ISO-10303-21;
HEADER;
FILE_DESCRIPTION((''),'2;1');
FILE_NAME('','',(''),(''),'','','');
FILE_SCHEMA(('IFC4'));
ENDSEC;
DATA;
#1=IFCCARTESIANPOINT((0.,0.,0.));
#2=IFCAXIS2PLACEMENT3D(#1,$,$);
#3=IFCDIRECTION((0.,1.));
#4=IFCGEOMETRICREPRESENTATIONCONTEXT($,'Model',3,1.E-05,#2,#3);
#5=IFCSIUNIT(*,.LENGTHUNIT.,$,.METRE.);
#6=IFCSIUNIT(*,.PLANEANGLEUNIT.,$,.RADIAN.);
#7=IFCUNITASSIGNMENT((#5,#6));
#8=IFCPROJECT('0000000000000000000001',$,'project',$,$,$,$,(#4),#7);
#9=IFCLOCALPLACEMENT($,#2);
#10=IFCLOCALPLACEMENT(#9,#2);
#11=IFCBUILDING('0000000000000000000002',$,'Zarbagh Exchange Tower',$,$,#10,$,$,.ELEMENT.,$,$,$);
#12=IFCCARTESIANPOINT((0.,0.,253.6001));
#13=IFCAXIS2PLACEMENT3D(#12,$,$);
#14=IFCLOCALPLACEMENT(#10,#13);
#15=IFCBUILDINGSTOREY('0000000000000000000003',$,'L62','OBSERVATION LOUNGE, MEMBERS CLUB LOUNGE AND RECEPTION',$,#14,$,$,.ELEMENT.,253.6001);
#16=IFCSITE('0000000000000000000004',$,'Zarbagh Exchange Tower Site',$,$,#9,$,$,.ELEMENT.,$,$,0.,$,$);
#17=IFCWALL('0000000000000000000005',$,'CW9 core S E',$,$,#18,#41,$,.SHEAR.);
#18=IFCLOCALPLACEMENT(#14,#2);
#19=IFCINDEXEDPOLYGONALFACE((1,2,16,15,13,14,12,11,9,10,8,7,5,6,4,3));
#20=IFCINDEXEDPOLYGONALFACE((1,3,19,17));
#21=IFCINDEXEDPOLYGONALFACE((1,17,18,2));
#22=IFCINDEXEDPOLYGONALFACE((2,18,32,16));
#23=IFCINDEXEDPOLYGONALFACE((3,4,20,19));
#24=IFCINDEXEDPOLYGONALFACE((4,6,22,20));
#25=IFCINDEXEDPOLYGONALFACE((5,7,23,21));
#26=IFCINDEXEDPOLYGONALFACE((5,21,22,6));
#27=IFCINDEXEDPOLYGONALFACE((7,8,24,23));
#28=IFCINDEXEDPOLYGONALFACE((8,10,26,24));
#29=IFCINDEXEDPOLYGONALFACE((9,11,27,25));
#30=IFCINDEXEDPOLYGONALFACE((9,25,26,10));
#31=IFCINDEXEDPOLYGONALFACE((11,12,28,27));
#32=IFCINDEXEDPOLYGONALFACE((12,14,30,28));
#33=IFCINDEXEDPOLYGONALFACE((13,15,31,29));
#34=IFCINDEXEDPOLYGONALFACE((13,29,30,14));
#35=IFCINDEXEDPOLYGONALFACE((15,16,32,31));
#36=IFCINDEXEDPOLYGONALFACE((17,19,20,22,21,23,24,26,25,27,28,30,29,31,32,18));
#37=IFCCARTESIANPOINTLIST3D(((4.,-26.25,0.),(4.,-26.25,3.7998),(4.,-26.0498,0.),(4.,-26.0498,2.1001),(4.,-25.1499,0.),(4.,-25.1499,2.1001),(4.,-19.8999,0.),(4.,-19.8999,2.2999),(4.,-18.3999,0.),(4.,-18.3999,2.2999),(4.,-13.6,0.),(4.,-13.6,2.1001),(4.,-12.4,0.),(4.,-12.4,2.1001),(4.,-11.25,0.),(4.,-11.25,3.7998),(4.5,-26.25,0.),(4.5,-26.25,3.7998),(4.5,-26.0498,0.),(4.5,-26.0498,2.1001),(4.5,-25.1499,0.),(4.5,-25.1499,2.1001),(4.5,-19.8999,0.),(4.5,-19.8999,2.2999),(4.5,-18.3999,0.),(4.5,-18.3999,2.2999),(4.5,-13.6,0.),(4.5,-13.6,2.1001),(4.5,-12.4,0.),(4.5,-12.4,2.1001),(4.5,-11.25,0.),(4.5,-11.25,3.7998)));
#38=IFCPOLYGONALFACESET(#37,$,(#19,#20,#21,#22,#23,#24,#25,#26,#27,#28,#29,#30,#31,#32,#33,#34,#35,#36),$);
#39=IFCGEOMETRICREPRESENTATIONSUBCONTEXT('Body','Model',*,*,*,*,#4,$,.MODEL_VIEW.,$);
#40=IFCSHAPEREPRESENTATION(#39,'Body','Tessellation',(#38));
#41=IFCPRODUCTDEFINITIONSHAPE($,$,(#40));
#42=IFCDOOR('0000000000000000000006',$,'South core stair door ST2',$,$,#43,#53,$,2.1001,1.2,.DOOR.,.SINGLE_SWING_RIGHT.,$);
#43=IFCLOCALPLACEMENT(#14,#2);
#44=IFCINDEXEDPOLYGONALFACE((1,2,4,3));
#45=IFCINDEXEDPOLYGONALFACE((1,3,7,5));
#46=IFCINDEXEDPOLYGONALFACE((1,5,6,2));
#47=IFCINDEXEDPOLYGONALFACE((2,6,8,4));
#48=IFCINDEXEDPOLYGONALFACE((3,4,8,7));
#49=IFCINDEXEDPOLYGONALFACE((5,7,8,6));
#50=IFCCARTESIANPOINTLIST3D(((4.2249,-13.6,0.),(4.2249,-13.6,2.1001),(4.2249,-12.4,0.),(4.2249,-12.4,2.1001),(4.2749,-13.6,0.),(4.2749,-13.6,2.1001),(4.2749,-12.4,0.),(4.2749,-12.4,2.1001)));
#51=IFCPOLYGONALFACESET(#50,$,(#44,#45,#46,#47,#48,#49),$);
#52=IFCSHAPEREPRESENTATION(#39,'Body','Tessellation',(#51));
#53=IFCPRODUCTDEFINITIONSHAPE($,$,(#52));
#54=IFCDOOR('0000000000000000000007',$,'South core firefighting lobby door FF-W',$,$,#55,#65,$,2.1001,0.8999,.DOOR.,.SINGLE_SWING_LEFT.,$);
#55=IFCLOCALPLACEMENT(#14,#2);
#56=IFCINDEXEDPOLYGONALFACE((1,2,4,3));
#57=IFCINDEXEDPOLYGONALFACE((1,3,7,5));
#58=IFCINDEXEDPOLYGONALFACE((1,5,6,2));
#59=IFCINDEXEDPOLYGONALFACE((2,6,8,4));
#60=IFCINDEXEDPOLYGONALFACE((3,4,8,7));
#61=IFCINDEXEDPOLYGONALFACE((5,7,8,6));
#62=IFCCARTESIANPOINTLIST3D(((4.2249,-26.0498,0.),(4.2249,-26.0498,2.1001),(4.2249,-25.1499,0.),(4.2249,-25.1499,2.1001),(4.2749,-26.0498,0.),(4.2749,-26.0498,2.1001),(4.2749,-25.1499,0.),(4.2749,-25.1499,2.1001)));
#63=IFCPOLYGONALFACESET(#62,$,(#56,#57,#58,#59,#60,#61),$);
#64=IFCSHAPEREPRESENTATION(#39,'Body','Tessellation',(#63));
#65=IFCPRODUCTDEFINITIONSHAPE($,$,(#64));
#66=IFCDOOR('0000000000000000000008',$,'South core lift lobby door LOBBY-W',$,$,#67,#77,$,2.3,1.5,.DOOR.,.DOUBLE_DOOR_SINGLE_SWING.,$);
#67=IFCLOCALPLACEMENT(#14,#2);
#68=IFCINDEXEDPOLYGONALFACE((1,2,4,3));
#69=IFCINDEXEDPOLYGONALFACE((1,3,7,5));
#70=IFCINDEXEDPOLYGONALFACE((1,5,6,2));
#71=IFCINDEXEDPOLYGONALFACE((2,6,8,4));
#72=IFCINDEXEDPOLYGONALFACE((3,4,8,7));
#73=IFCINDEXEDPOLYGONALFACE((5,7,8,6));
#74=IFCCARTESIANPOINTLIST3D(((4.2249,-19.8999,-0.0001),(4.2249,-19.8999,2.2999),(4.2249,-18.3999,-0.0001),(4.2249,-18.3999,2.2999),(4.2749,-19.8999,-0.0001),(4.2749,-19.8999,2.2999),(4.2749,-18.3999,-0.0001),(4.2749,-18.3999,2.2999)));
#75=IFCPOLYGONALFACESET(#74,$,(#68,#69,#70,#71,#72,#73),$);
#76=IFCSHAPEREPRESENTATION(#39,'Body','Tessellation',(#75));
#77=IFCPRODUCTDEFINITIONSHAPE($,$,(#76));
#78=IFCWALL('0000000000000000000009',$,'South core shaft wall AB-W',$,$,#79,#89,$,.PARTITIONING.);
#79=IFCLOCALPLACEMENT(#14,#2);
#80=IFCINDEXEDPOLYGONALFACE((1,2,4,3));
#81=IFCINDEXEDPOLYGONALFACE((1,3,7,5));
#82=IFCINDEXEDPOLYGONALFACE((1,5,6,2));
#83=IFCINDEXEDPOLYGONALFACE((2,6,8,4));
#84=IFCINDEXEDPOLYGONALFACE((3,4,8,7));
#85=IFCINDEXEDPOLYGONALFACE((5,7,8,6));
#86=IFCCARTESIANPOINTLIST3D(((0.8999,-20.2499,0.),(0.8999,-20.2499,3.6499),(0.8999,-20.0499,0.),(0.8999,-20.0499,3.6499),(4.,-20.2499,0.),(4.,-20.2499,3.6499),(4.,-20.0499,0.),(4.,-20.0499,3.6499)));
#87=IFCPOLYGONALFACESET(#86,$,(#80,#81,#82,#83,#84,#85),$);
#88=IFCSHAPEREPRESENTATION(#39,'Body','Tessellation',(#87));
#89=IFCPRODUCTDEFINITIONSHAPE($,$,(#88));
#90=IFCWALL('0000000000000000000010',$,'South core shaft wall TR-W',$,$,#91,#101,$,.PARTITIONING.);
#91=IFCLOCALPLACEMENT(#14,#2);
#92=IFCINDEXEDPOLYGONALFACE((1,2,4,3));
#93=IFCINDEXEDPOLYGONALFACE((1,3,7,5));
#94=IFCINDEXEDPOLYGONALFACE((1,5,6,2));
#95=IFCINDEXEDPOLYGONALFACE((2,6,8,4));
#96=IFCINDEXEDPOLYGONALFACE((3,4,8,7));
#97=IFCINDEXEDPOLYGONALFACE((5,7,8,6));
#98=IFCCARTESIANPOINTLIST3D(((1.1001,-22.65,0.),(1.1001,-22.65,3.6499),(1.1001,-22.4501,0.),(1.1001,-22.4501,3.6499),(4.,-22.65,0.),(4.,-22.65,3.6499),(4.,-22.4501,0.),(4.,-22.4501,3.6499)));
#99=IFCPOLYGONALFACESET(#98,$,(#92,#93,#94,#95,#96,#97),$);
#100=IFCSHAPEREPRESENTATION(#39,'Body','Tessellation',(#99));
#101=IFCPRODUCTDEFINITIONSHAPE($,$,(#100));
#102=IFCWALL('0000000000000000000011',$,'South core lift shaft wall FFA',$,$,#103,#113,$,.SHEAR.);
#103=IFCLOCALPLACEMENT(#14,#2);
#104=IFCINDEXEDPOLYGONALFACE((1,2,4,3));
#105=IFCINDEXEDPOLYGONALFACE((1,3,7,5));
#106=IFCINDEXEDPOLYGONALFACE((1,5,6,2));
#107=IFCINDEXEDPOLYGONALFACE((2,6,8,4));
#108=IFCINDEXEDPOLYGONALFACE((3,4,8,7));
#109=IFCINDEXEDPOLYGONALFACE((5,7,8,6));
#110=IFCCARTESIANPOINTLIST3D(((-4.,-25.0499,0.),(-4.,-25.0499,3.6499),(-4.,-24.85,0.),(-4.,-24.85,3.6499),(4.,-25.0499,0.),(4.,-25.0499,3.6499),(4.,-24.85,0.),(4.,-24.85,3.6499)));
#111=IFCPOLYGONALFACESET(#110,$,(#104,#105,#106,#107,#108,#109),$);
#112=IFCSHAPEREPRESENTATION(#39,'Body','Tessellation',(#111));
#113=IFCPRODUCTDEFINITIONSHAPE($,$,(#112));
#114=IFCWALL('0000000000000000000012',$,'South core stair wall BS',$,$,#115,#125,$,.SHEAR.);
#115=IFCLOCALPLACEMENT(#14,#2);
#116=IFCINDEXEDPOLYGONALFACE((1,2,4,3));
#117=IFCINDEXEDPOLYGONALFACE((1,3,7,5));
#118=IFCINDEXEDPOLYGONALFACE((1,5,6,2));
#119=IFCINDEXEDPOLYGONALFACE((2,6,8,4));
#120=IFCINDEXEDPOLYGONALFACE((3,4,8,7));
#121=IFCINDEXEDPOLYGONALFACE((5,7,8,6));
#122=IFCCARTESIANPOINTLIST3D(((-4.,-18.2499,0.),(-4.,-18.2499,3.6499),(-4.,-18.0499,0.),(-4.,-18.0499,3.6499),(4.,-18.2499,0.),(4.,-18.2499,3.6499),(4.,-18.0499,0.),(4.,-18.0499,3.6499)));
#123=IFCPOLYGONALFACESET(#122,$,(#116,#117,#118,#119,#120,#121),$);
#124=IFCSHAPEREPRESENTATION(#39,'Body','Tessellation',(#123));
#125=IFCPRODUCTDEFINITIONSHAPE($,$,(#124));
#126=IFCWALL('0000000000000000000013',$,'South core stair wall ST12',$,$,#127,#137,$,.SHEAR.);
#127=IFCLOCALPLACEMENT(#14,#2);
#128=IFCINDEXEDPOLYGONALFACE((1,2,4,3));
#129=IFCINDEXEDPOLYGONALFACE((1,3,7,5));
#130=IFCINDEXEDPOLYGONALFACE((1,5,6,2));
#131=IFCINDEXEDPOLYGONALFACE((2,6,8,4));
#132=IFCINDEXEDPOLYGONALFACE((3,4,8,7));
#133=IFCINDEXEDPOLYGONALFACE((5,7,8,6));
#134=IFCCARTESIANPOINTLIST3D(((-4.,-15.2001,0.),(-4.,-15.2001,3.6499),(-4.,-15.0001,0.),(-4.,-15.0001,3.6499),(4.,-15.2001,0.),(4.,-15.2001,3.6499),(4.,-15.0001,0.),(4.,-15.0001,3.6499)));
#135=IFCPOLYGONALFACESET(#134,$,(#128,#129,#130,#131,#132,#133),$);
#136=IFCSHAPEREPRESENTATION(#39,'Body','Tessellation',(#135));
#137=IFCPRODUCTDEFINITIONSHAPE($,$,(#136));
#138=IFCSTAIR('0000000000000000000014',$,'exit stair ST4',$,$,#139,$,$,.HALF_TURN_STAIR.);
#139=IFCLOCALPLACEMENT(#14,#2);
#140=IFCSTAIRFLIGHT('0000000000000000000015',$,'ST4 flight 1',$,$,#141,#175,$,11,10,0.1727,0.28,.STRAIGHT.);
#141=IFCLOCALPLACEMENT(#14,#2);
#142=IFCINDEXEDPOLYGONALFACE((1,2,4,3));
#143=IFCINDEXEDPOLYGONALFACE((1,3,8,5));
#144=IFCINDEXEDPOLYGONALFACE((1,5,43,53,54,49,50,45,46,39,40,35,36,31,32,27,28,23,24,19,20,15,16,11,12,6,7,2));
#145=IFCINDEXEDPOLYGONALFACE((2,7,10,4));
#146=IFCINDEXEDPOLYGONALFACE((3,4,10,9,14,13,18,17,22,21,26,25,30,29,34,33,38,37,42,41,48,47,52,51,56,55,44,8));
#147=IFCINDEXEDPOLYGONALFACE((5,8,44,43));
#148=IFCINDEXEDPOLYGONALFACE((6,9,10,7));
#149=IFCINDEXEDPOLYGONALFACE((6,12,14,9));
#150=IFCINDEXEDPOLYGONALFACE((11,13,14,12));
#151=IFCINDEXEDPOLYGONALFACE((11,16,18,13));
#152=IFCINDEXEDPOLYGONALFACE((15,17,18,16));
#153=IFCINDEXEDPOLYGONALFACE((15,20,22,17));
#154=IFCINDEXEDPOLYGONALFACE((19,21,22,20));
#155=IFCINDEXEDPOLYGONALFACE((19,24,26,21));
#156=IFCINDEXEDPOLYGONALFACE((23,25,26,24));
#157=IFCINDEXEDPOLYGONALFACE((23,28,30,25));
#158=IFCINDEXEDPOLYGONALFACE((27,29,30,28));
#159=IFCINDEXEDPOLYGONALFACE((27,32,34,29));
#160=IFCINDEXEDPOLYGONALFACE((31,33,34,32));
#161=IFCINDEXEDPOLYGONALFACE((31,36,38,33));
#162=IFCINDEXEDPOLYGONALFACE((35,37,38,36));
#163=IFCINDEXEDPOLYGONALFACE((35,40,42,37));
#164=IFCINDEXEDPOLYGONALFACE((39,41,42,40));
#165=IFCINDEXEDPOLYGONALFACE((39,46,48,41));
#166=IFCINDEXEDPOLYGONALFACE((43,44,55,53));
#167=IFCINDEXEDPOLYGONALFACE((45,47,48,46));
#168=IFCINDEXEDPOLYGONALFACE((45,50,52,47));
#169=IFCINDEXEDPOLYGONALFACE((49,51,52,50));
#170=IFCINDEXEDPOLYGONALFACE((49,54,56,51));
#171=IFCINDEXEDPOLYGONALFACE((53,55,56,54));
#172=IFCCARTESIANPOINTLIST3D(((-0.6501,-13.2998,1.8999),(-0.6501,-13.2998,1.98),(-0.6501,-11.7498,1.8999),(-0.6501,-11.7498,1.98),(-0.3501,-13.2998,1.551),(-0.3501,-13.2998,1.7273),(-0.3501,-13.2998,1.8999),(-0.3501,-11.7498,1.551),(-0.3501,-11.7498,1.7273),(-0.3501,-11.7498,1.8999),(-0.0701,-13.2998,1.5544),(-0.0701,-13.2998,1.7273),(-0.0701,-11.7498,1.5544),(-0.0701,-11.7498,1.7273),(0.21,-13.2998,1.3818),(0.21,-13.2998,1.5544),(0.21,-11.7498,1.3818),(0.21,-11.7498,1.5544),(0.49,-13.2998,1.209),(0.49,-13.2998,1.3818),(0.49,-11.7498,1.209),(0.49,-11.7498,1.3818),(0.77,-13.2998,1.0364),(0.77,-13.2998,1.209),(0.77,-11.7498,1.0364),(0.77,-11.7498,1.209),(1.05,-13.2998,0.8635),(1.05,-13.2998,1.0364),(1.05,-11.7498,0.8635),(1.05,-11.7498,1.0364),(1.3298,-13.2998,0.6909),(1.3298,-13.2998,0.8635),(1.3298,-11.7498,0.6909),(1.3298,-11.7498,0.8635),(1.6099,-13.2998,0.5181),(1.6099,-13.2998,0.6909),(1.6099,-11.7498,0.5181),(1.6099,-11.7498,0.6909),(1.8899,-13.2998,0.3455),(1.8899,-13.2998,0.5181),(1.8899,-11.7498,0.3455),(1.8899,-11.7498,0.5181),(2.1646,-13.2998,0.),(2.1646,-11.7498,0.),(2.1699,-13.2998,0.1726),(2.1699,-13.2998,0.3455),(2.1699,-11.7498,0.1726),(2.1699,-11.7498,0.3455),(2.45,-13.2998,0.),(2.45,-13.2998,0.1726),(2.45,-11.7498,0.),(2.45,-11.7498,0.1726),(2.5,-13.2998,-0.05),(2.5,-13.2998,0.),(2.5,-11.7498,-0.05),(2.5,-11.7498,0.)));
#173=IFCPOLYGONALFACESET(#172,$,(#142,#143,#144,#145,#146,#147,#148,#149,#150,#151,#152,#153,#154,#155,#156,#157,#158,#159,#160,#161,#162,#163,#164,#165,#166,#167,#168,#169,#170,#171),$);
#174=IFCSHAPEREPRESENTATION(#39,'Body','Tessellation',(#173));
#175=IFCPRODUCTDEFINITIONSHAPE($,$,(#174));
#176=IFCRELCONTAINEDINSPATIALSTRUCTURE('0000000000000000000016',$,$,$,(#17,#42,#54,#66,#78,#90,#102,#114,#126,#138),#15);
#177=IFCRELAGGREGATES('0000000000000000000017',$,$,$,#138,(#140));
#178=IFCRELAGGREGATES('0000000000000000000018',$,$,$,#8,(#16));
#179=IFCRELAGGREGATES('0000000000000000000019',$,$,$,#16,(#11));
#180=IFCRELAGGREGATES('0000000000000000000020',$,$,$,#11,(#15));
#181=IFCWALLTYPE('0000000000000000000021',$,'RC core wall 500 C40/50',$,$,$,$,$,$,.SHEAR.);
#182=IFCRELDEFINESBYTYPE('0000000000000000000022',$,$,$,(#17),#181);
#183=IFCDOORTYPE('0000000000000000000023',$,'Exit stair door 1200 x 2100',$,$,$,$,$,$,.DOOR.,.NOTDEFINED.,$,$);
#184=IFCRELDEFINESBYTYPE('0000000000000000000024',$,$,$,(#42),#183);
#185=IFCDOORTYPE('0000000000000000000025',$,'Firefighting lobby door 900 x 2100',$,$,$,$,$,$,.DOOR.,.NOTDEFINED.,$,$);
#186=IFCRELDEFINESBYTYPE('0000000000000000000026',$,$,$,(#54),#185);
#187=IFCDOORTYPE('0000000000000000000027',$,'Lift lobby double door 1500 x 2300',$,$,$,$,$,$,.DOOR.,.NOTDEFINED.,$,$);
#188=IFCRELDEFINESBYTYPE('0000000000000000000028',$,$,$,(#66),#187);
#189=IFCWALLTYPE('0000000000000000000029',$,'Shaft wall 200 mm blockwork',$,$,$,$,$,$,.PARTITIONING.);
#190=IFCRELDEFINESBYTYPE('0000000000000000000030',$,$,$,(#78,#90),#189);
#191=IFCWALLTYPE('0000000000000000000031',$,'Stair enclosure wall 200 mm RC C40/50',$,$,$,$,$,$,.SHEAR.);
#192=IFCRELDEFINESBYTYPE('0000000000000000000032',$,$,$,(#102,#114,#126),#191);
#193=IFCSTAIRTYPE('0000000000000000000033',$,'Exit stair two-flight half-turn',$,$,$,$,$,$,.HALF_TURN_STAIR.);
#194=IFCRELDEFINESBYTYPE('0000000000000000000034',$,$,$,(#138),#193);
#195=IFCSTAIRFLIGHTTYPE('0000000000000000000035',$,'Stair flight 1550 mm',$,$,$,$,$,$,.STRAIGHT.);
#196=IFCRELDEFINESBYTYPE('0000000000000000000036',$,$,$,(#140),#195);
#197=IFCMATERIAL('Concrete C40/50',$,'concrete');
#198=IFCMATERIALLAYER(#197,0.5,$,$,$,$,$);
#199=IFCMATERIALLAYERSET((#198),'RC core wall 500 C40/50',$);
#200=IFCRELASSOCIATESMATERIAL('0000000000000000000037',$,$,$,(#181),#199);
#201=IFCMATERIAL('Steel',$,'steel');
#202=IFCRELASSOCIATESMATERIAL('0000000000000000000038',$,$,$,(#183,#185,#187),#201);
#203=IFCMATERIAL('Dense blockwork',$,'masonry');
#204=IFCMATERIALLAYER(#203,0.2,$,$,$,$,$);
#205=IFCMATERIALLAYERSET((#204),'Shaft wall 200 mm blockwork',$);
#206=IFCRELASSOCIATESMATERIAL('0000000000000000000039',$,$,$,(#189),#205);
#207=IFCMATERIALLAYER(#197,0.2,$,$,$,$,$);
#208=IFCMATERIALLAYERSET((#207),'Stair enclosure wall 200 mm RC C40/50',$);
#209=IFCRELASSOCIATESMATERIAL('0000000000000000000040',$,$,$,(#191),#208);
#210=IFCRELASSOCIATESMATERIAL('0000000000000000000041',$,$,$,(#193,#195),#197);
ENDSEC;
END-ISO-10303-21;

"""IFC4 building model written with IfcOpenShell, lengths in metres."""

from ifc_helpers import new_model, si_unit, direction, frame, frame_2d, origin, place, context, subcontext, project, spatial, polyline, rectangle, outline, extrude, material, layer, layer_set, type_object, element, fill, aggregate, save


model = new_model("IFC4")

# Units and contexts
model_context = context("Model", 3, precision=1e-05, world=origin(), true_north=direction((0.0, 1.0)))
body_context = subcontext(model_context, "Body", "Model", "MODEL_VIEW")
ifc_project = project(units=[si_unit("LENGTHUNIT", "METRE"), si_unit("PLANEANGLEUNIT", "RADIAN")], contexts=[model_context])

# Site, building, storey
site_placement = place(None, origin())
site = spatial("IfcSite", under=ifc_project, at=site_placement, Name="Zarbagh Exchange Tower Site", CompositionType="ELEMENT", RefElevation=0.0)
building_placement = place(site_placement, origin())
building = spatial("IfcBuilding", under=site, at=building_placement, Name="Zarbagh Exchange Tower", CompositionType="ELEMENT")
storey_placement = place(building_placement, frame((0.0, 0.0, 253.6001)))
storey = spatial("IfcBuildingStorey", under=building, at=storey_placement, Name="L62", Description="OBSERVATION LOUNGE, MEMBERS CLUB LOUNGE AND RECEPTION", CompositionType="ELEMENT", Elevation=253.6001)

# Shared definitions
ifc_material_1 = material(Name="Concrete C40/50", Category="concrete")

# Wall, openings, doors
ifc_layer_1 = layer(ifc_material_1, 0.5)
ifc_layer_set_1 = layer_set([ifc_layer_1], Name="RC core wall 500 C40/50")
wall_type_1 = type_object("IfcWallType", Name="RC core wall 500 C40/50", PredefinedType="SHEAR", material=ifc_layer_set_1)
wall_1_placement = place(storey_placement, frame((4.25, -11.25, 0.0), z_axis=(0.0, 0.0, 1.0), x_axis=(0.0, -1.0, 0.0)))
wall_1 = element("IfcWall", 1, at=wall_1_placement, inside=storey, type_object=wall_type_1, Name="CW9 core S E", PredefinedType="SHEAR", context=body_context, shape_type="SweptSolid", body=[
    extrude(rectangle(XDim=15.0, YDim=0.5, at=frame_2d((7.5, 0.0))), origin(), (0.0, 0.0, 1.0), 3.7998),
])
opening_1_placement = place(wall_1_placement, frame((7.1499, 0.0, 0.0)))
opening_1 = element("IfcOpeningElement", 2, at=opening_1_placement, cuts=wall_1, PredefinedType="OPENING", context=body_context, shape_type="SweptSolid", body=[
    extrude(rectangle(XDim=1.5, YDim=2.3, at=frame_2d((0.75, 1.1499))), frame((0.0, 0.26, 0.0), z_axis=(0.0, -1.0, 0.0), x_axis=(1.0, 0.0, 0.0)), (0.0, 0.0, 1.0), 0.52),
])
opening_2_placement = place(wall_1_placement, frame((13.8999, 0.0, 0.0)))
opening_2 = element("IfcOpeningElement", 3, at=opening_2_placement, cuts=wall_1, PredefinedType="OPENING", context=body_context, shape_type="SweptSolid", body=[
    extrude(rectangle(XDim=0.8999, YDim=2.1001, at=frame_2d((0.45, 1.05))), frame((0.0, 0.26, 0.0), z_axis=(0.0, -1.0, 0.0), x_axis=(1.0, 0.0, 0.0)), (0.0, 0.0, 1.0), 0.52),
])
opening_3_placement = place(wall_1_placement, frame((1.1499, 0.0, 0.0)))
opening_3 = element("IfcOpeningElement", 4, at=opening_3_placement, cuts=wall_1, PredefinedType="OPENING", context=body_context, shape_type="SweptSolid", body=[
    extrude(rectangle(XDim=1.2, YDim=2.1001, at=frame_2d((0.6001, 1.05))), frame((0.0, 0.26, 0.0), z_axis=(0.0, -1.0, 0.0), x_axis=(1.0, 0.0, 0.0)), (0.0, 0.0, 1.0), 0.52),
])
ifc_material_2 = material(Name="Steel", Category="steel")
door_type_1 = type_object("IfcDoorType", Name="Exit stair door 1200 x 2100", OperationType="NOTDEFINED", PredefinedType="DOOR", material=ifc_material_2)
door_1_placement = place(opening_3_placement, origin())
door_1 = element("IfcDoor", 5, at=door_1_placement, inside=storey, type_object=door_type_1, Name="South core stair door ST2", OperationType="SINGLE_SWING_RIGHT", OverallHeight=2.1001, OverallWidth=1.2, PredefinedType="DOOR", context=body_context, shape_type="SweptSolid", body=[
    extrude(rectangle(XDim=1.2, YDim=2.1001, at=frame_2d((0.6001, 1.05))), frame((0.0, 0.0249, 0.0), z_axis=(0.0, -1.0, 0.0), x_axis=(1.0, 0.0, 0.0)), (0.0, 0.0, 1.0), 0.05),
])
fill(opening_3, door_1)
door_type_2 = type_object("IfcDoorType", Name="Firefighting lobby door 900 x 2100", OperationType="NOTDEFINED", PredefinedType="DOOR", material=ifc_material_2)
door_2_placement = place(opening_2_placement, origin())
door_2 = element("IfcDoor", 6, at=door_2_placement, inside=storey, type_object=door_type_2, Name="South core firefighting lobby door FF-W", OperationType="SINGLE_SWING_LEFT", OverallHeight=2.1001, OverallWidth=0.8999, PredefinedType="DOOR", context=body_context, shape_type="SweptSolid", body=[
    extrude(rectangle(XDim=0.8999, YDim=2.1001, at=frame_2d((0.45, 1.05))), frame((0.0, 0.0249, 0.0), z_axis=(0.0, -1.0, 0.0), x_axis=(1.0, 0.0, 0.0)), (0.0, 0.0, 1.0), 0.05),
])
fill(opening_2, door_2)
door_type_3 = type_object("IfcDoorType", Name="Lift lobby double door 1500 x 2300", OperationType="NOTDEFINED", PredefinedType="DOOR", material=ifc_material_2)
door_3_placement = place(opening_1_placement, origin())
door_3 = element("IfcDoor", 7, at=door_3_placement, inside=storey, type_object=door_type_3, Name="South core lift lobby door LOBBY-W", OperationType="DOUBLE_DOOR_SINGLE_SWING", OverallHeight=2.3, OverallWidth=1.5, PredefinedType="DOOR", context=body_context, shape_type="SweptSolid", body=[
    extrude(rectangle(XDim=1.5, YDim=2.3, at=frame_2d((0.75, 1.1499))), frame((0.0, 0.0249, 0.0), z_axis=(0.0, -1.0, 0.0), x_axis=(1.0, 0.0, 0.0)), (0.0, 0.0, 1.0), 0.05),
])
fill(opening_1, door_3)

# Walls
ifc_material_3 = material(Name="Dense blockwork", Category="masonry")
ifc_layer_2 = layer(ifc_material_3, 0.2)
ifc_layer_set_2 = layer_set([ifc_layer_2], Name="Shaft wall 200 mm blockwork")
wall_type_2 = type_object("IfcWallType", Name="Shaft wall 200 mm blockwork", PredefinedType="PARTITIONING", material=ifc_layer_set_2)
wall_2_placement = place(storey_placement, frame((4.0, -20.1499, 0.0), z_axis=(0.0, 0.0, 1.0), x_axis=(-1.0, 0.0, 0.0)))
element("IfcWall", 8, at=wall_2_placement, inside=storey, type_object=wall_type_2, Name="South core shaft wall AB-W", PredefinedType="PARTITIONING", context=body_context, shape_type="SweptSolid", body=[
    extrude(rectangle(XDim=3.1001, YDim=0.2, at=frame_2d((1.55, 0.0))), origin(), (0.0, 0.0, 1.0), 3.6499),
])
wall_3_placement = place(storey_placement, frame((4.0, -22.55, 0.0), z_axis=(0.0, 0.0, 1.0), x_axis=(-1.0, 0.0, 0.0)))
element("IfcWall", 9, at=wall_3_placement, inside=storey, type_object=wall_type_2, Name="South core shaft wall TR-W", PredefinedType="PARTITIONING", context=body_context, shape_type="SweptSolid", body=[
    extrude(rectangle(XDim=2.8999, YDim=0.2, at=frame_2d((1.45, 0.0))), origin(), (0.0, 0.0, 1.0), 3.6499),
])
ifc_layer_3 = layer(ifc_material_1, 0.2)
ifc_layer_set_3 = layer_set([ifc_layer_3], Name="Stair enclosure wall 200 mm RC C40/50")
wall_type_3 = type_object("IfcWallType", Name="Stair enclosure wall 200 mm RC C40/50", PredefinedType="SHEAR", material=ifc_layer_set_3)
for number, where, z_axis, x_axis, name in (
    (10, (4.0, -24.95, 0.0), (0.0, 0.0, 1.0), (-1.0, 0.0, 0.0), "South core lift shaft wall FFA"),
    (11, (4.0, -18.1499, 0.0), (0.0, 0.0, 1.0), (-1.0, 0.0, 0.0), "South core stair wall BS"),
    (12, (4.0, -15.1001, 0.0), (0.0, 0.0, 1.0), (-1.0, 0.0, 0.0), "South core stair wall ST12"),
):
    element("IfcWall", number, at=place(storey_placement, frame(where, z_axis=z_axis, x_axis=x_axis)), inside=storey, type_object=wall_type_3, Name=name, PredefinedType="SHEAR", context=body_context, shape_type="SweptSolid", body=[
        extrude(rectangle(XDim=8.0, YDim=0.2, at=frame_2d((4.0, 0.0))), origin(), (0.0, 0.0, 1.0), 3.6499),
    ])

# Stair, stair flight
stair_type = type_object("IfcStairType", Name="Exit stair two-flight half-turn", PredefinedType="HALF_TURN_STAIR", material=ifc_material_1)
stair_placement = place(storey_placement, origin())
stair = element("IfcStair", 13, at=stair_placement, inside=storey, type_object=stair_type, Name="exit stair ST4", PredefinedType="HALF_TURN_STAIR")
stair_flight_type = type_object("IfcStairFlightType", Name="Stair flight 1550 mm", PredefinedType="STRAIGHT", material=ifc_material_1)
stair_flight_placement = place(storey_placement, frame((2.45, -12.5249, 0.0), z_axis=(0.0, 0.0, 1.0), x_axis=(-1.0, 0.0, 0.0)))
stair_flight = element("IfcStairFlight", 14, at=stair_flight_placement, type_object=stair_flight_type, Name="ST4 flight 1", NumberOfRisers=11, NumberOfTreads=10, PredefinedType="STRAIGHT", RiserHeight=0.1727, TreadLength=0.28, context=body_context, shape_type="SweptSolid", body=[
    extrude(outline(polyline([(-0.05, -0.05), (-0.05, 0.0), (0.0, 0.0), (0.0, 0.1726), (0.28, 0.1726), (0.28, 0.3455), (0.5601, 0.3455), (0.5601, 0.5181), (0.8401, 0.5181), (0.8401, 0.6909), (1.1201, 0.6909), (1.1201, 0.8635), (1.3999, 0.8635), (1.3999, 1.0364), (1.6799, 1.0364), (1.6799, 1.209), (1.96, 1.209), (1.96, 1.3818), (2.24, 1.3818), (2.24, 1.5544), (2.52, 1.5544), (2.52, 1.7273), (2.8, 1.7273), (2.8, 1.8999), (3.1001, 1.98), (3.1001, 1.8999), (2.8, 1.551), (0.2854, 0.0), (-0.05, -0.05)])), frame((0.0, 0.7749, 0.0), z_axis=(0.0, -1.0, 0.0), x_axis=(1.0, 0.0, 0.0)), (0.0, 0.0, 1.0), 1.55),
])
aggregate(stair, [stair_flight])

save(model, "model.ifc")
